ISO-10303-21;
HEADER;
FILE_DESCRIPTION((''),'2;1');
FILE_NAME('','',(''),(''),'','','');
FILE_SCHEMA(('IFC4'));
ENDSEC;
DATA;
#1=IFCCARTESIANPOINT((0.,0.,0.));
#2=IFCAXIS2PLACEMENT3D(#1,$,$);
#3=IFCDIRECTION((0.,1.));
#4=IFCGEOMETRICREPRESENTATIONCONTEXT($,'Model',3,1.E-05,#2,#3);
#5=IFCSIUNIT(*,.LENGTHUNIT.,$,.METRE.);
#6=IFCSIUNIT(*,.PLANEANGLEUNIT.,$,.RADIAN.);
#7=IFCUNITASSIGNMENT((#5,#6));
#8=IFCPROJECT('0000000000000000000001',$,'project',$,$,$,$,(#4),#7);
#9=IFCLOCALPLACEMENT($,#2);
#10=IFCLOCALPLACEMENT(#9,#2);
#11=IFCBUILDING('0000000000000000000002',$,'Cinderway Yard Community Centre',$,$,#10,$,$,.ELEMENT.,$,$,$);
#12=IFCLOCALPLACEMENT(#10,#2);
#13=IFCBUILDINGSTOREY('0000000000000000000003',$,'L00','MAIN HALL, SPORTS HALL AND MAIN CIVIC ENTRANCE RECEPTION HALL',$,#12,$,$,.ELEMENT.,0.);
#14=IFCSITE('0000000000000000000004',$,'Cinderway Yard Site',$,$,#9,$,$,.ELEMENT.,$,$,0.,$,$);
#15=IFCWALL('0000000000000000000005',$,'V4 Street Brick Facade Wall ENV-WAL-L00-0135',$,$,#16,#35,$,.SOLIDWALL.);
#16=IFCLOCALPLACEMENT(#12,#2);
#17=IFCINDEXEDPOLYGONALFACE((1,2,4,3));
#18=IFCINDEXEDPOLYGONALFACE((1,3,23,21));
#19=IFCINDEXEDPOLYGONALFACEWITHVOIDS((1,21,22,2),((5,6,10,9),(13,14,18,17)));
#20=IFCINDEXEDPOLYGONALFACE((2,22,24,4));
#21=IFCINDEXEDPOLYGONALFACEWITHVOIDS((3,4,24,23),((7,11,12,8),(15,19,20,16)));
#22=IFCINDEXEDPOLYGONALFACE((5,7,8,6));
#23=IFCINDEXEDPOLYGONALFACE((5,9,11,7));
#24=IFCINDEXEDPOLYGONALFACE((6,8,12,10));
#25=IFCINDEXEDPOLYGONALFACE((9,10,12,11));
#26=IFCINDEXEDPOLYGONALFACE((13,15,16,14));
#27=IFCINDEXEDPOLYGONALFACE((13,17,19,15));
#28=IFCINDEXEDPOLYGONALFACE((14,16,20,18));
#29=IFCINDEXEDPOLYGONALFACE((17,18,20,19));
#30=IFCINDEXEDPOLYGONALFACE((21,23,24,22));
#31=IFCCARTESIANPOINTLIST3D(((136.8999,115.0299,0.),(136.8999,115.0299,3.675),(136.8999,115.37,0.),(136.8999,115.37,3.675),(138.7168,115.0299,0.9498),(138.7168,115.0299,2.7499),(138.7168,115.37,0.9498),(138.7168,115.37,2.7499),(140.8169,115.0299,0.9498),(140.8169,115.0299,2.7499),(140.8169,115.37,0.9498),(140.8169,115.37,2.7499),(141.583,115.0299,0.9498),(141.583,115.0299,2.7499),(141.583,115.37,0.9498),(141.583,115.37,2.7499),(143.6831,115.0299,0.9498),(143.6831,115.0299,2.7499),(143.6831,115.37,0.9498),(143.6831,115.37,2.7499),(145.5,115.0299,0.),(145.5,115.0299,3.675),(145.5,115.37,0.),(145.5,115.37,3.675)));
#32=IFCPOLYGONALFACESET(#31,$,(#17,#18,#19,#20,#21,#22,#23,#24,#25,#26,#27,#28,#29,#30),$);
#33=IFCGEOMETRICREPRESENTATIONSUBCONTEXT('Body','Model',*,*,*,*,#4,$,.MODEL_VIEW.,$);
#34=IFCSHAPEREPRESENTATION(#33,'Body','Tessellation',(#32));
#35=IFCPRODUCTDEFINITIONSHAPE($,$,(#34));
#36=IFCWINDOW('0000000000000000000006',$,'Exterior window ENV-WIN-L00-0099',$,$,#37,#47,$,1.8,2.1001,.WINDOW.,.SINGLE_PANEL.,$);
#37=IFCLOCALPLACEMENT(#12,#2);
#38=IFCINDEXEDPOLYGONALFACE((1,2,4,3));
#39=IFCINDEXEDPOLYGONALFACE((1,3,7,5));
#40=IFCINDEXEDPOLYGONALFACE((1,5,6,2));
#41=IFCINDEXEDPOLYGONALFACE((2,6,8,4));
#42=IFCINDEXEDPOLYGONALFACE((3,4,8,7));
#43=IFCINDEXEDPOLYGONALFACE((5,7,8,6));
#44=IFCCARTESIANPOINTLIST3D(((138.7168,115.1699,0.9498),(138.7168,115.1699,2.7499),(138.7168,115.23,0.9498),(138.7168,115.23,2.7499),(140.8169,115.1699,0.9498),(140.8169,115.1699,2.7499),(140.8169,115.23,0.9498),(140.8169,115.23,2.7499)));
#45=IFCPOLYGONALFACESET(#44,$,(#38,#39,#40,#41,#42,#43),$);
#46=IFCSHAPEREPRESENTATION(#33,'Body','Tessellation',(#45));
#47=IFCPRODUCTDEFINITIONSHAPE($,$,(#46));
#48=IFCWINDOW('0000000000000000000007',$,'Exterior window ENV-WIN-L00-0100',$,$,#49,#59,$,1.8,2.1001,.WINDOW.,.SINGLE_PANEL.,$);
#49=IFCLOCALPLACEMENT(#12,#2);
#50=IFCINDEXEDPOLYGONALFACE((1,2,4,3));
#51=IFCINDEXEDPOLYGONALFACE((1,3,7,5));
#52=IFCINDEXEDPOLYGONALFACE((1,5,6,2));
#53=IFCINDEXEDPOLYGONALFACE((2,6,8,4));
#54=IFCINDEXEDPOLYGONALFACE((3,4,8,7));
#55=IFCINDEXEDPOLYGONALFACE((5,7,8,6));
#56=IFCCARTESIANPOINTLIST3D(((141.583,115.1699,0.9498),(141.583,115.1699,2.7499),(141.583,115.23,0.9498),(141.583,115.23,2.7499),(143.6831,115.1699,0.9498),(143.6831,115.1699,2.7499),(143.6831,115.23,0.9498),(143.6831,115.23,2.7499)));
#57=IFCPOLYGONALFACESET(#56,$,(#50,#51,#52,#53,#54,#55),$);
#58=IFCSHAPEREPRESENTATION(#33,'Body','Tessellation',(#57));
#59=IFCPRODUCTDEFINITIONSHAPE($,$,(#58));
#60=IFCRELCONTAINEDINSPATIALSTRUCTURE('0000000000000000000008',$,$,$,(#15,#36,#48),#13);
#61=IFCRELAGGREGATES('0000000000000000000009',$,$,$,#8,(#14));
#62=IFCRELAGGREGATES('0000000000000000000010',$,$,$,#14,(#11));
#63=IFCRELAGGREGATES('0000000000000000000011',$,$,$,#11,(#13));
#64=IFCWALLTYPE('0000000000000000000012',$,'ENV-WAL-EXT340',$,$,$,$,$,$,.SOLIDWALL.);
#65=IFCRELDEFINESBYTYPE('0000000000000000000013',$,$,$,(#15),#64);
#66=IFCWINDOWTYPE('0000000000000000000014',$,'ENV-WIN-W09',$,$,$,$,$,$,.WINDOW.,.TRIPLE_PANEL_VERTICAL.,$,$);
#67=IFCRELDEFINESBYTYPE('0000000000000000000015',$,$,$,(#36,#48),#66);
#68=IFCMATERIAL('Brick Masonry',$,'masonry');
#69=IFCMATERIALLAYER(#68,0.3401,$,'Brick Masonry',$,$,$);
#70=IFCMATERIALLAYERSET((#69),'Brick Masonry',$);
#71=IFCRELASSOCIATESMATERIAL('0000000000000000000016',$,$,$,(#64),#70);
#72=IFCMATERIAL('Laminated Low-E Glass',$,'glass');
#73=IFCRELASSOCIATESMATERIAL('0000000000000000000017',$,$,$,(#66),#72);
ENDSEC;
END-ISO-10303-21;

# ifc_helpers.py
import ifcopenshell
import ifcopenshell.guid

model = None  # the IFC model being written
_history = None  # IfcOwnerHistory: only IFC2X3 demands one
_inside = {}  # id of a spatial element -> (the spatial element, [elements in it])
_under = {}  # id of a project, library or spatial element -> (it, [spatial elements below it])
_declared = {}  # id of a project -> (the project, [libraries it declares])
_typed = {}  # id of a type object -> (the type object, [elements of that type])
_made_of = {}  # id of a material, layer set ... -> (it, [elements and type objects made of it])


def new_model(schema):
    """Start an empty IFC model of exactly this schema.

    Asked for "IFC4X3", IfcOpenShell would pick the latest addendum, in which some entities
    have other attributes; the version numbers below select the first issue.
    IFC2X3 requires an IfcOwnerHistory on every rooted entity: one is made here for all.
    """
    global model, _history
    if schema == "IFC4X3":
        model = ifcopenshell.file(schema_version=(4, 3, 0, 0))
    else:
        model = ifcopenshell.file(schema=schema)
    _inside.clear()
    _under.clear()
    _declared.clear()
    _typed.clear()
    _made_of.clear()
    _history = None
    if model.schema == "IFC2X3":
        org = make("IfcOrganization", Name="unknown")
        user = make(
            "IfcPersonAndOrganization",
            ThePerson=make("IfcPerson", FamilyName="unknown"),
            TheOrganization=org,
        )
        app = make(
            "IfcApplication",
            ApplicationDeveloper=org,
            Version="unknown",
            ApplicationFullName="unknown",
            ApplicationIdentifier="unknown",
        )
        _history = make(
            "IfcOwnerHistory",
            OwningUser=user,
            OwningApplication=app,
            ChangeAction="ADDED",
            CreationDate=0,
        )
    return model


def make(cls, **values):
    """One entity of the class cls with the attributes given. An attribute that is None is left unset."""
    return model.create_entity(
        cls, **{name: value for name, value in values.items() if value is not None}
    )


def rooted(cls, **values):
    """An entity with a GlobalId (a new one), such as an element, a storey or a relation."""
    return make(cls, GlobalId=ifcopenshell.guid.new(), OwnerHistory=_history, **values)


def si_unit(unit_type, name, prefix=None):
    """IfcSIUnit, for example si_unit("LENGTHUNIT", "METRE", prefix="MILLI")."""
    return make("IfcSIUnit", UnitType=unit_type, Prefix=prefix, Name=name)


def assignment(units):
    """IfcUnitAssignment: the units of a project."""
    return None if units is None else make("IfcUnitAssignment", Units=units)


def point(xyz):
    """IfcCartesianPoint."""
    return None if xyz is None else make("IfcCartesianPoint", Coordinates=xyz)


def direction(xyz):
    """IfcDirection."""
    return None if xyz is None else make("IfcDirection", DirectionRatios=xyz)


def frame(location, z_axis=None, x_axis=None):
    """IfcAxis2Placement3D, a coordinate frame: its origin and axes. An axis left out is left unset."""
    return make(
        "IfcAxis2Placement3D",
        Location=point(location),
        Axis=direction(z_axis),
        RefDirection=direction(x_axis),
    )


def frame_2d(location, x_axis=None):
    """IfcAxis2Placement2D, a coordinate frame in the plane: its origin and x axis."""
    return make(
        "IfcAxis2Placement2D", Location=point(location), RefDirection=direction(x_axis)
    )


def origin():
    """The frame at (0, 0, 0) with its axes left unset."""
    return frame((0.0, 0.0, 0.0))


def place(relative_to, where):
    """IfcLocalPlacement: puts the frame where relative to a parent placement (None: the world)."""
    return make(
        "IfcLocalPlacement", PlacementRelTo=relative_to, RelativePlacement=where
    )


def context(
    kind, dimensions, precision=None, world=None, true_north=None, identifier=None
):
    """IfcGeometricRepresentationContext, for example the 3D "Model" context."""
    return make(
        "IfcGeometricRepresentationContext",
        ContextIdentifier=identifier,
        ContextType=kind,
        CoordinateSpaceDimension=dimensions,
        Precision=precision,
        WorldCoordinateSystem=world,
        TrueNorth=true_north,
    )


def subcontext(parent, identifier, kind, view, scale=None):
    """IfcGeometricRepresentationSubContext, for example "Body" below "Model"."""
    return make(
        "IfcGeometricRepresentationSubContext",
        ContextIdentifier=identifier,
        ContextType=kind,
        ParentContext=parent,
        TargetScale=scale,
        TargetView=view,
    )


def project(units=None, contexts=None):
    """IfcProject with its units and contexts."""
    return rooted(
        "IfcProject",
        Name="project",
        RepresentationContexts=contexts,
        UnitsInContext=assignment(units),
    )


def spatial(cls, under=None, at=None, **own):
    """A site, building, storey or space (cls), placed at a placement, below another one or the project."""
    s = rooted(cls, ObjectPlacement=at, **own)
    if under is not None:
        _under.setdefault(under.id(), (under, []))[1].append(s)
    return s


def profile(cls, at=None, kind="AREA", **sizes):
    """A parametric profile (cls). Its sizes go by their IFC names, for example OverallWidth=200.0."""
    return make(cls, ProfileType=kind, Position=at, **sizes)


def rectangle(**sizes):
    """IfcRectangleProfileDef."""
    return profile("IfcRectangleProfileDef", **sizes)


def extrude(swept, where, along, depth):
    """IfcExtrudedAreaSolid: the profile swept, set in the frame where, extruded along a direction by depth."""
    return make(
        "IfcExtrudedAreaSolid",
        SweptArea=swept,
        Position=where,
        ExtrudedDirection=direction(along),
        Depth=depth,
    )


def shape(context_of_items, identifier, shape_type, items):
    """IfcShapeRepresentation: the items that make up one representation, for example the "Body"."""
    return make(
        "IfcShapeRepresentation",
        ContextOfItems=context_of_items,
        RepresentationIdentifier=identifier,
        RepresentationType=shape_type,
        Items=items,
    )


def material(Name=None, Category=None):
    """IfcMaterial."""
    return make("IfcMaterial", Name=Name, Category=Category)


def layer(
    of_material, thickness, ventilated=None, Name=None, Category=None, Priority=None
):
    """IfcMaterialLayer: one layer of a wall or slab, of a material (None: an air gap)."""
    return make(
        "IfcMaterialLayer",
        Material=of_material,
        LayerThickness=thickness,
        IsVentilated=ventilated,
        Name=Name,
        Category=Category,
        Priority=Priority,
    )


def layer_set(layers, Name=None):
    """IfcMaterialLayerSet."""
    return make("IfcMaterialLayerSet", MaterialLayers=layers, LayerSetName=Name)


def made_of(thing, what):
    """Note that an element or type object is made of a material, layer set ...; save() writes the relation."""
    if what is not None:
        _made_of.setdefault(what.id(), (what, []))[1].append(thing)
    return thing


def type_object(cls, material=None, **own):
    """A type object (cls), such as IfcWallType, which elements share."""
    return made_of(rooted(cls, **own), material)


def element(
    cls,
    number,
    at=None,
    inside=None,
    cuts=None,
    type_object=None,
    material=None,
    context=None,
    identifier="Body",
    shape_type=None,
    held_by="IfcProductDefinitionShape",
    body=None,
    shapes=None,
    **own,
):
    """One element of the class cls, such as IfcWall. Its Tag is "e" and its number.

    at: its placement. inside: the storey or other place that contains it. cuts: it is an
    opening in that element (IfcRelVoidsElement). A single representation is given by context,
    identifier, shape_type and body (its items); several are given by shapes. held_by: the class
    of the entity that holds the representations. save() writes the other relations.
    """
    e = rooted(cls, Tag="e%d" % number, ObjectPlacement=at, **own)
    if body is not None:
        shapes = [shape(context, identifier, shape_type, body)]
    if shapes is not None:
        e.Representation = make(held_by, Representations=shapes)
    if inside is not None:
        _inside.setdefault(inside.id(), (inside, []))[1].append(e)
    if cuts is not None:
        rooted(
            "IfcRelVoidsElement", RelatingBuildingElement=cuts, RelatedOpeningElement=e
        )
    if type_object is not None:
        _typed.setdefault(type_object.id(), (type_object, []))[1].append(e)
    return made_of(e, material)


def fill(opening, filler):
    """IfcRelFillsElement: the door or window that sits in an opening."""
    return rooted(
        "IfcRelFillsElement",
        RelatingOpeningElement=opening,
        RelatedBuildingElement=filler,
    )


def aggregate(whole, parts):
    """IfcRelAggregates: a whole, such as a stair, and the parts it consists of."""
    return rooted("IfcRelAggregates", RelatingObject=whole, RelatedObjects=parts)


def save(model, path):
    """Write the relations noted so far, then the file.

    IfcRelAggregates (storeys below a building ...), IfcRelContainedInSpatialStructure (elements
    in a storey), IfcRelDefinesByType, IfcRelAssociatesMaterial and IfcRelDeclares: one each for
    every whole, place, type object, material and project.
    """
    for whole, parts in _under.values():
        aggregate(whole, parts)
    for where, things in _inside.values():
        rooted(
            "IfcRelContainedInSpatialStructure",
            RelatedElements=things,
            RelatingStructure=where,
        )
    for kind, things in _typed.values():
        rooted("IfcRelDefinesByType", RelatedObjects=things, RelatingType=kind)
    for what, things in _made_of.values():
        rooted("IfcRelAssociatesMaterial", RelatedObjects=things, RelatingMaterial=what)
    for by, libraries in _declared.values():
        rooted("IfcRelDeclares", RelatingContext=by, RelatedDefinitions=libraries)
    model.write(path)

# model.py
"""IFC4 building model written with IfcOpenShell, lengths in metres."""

from ifc_helpers import new_model, si_unit, direction, frame, frame_2d, origin, place, context, subcontext, project, spatial, rectangle, extrude, material, layer, layer_set, type_object, element, fill, save


model = new_model("IFC4")

# Units and contexts
model_context = context("Model", 3, precision=1e-05, world=origin(), true_north=direction((0.0, 1.0)))
body_context = subcontext(model_context, "Body", "Model", "MODEL_VIEW")
ifc_project = project(units=[si_unit("LENGTHUNIT", "METRE"), si_unit("PLANEANGLEUNIT", "RADIAN")], contexts=[model_context])

# Site, building, storey
site_placement = place(None, origin())
site = spatial("IfcSite", under=ifc_project, at=site_placement, Name="Cinderway Yard Site", CompositionType="ELEMENT", RefElevation=0.0)
building_placement = place(site_placement, origin())
building = spatial("IfcBuilding", under=site, at=building_placement, Name="Cinderway Yard Community Centre", CompositionType="ELEMENT")
storey_placement = place(building_placement, origin())
storey = spatial("IfcBuildingStorey", under=building, at=storey_placement, Name="L00", Description="MAIN HALL, SPORTS HALL AND MAIN CIVIC ENTRANCE RECEPTION HALL", CompositionType="ELEMENT", Elevation=0.0)

# Shared definitions
ifc_material_1 = material(Name="Laminated Low-E Glass", Category="glass")

# Wall, openings, windows
ifc_material_2 = material(Name="Brick Masonry", Category="masonry")
ifc_layer_1 = layer(ifc_material_2, 0.3401, Name="Brick Masonry")
ifc_layer_set_1 = layer_set([ifc_layer_1], Name="Brick Masonry")
wall_type = type_object("IfcWallType", Name="ENV-WAL-EXT340", PredefinedType="SOLIDWALL", material=ifc_layer_set_1)
wall_placement = place(storey_placement, frame((136.8999, 115.2, 0.0), z_axis=(0.0, 0.0, 1.0), x_axis=(1.0, 0.0, 0.0)))
wall = element("IfcWall", 1, at=wall_placement, inside=storey, type_object=wall_type, Name="V4 Street Brick Facade Wall ENV-WAL-L00-0135", PredefinedType="SOLIDWALL", context=body_context, shape_type="SweptSolid", body=[
    extrude(rectangle(XDim=8.6001, YDim=0.3401, at=frame_2d((4.3, 0.0))), origin(), (0.0, 0.0, 1.0), 3.675),
])
opening_1_placement = place(wall_placement, frame((1.8169, 0.0, 0.95)))
opening_1 = element("IfcOpeningElement", 2, at=opening_1_placement, cuts=wall, PredefinedType="OPENING", context=body_context, shape_type="SweptSolid", body=[
    extrude(rectangle(XDim=2.1001, YDim=1.8, at=frame_2d((1.05, 0.8999))), frame((0.0, 0.1799, 0.0), z_axis=(0.0, -1.0, 0.0), x_axis=(1.0, 0.0, 0.0)), (0.0, 0.0, 1.0), 0.3601),
])
opening_2_placement = place(wall_placement, frame((4.6831, 0.0, 0.95)))
opening_2 = element("IfcOpeningElement", 3, at=opening_2_placement, cuts=wall, PredefinedType="OPENING", context=body_context, shape_type="SweptSolid", body=[
    extrude(rectangle(XDim=2.1001, YDim=1.8, at=frame_2d((1.05, 0.8999))), frame((0.0, 0.1799, 0.0), z_axis=(0.0, -1.0, 0.0), x_axis=(1.0, 0.0, 0.0)), (0.0, 0.0, 1.0), 0.3601),
])
window_type = type_object("IfcWindowType", Name="ENV-WIN-W09", PartitioningType="TRIPLE_PANEL_VERTICAL", PredefinedType="WINDOW", material=ifc_material_1)
window_1_placement = place(opening_1_placement, origin())
window_1 = element("IfcWindow", 4, at=window_1_placement, inside=storey, type_object=window_type, Name="Exterior window ENV-WIN-L00-0099", OverallHeight=1.8, OverallWidth=2.1001, PartitioningType="SINGLE_PANEL", PredefinedType="WINDOW", context=body_context, shape_type="SweptSolid", body=[
    extrude(rectangle(XDim=2.1001, YDim=1.8, at=frame_2d((1.05, 0.8999))), frame((0.0, 0.03, 0.0), z_axis=(0.0, -1.0, 0.0), x_axis=(1.0, 0.0, 0.0)), (0.0, 0.0, 1.0), 0.0601),
])
fill(opening_1, window_1)
window_2_placement = place(opening_2_placement, origin())
window_2 = element("IfcWindow", 5, at=window_2_placement, inside=storey, type_object=window_type, Name="Exterior window ENV-WIN-L00-0100", OverallHeight=1.8, OverallWidth=2.1001, PartitioningType="SINGLE_PANEL", PredefinedType="WINDOW", context=body_context, shape_type="SweptSolid", body=[
    extrude(rectangle(XDim=2.1001, YDim=1.8, at=frame_2d((1.05, 0.8999))), frame((0.0, 0.03, 0.0), z_axis=(0.0, -1.0, 0.0), x_axis=(1.0, 0.0, 0.0)), (0.0, 0.0, 1.0), 0.0601),
])
fill(opening_2, window_2)

save(model, "model.ifc")
